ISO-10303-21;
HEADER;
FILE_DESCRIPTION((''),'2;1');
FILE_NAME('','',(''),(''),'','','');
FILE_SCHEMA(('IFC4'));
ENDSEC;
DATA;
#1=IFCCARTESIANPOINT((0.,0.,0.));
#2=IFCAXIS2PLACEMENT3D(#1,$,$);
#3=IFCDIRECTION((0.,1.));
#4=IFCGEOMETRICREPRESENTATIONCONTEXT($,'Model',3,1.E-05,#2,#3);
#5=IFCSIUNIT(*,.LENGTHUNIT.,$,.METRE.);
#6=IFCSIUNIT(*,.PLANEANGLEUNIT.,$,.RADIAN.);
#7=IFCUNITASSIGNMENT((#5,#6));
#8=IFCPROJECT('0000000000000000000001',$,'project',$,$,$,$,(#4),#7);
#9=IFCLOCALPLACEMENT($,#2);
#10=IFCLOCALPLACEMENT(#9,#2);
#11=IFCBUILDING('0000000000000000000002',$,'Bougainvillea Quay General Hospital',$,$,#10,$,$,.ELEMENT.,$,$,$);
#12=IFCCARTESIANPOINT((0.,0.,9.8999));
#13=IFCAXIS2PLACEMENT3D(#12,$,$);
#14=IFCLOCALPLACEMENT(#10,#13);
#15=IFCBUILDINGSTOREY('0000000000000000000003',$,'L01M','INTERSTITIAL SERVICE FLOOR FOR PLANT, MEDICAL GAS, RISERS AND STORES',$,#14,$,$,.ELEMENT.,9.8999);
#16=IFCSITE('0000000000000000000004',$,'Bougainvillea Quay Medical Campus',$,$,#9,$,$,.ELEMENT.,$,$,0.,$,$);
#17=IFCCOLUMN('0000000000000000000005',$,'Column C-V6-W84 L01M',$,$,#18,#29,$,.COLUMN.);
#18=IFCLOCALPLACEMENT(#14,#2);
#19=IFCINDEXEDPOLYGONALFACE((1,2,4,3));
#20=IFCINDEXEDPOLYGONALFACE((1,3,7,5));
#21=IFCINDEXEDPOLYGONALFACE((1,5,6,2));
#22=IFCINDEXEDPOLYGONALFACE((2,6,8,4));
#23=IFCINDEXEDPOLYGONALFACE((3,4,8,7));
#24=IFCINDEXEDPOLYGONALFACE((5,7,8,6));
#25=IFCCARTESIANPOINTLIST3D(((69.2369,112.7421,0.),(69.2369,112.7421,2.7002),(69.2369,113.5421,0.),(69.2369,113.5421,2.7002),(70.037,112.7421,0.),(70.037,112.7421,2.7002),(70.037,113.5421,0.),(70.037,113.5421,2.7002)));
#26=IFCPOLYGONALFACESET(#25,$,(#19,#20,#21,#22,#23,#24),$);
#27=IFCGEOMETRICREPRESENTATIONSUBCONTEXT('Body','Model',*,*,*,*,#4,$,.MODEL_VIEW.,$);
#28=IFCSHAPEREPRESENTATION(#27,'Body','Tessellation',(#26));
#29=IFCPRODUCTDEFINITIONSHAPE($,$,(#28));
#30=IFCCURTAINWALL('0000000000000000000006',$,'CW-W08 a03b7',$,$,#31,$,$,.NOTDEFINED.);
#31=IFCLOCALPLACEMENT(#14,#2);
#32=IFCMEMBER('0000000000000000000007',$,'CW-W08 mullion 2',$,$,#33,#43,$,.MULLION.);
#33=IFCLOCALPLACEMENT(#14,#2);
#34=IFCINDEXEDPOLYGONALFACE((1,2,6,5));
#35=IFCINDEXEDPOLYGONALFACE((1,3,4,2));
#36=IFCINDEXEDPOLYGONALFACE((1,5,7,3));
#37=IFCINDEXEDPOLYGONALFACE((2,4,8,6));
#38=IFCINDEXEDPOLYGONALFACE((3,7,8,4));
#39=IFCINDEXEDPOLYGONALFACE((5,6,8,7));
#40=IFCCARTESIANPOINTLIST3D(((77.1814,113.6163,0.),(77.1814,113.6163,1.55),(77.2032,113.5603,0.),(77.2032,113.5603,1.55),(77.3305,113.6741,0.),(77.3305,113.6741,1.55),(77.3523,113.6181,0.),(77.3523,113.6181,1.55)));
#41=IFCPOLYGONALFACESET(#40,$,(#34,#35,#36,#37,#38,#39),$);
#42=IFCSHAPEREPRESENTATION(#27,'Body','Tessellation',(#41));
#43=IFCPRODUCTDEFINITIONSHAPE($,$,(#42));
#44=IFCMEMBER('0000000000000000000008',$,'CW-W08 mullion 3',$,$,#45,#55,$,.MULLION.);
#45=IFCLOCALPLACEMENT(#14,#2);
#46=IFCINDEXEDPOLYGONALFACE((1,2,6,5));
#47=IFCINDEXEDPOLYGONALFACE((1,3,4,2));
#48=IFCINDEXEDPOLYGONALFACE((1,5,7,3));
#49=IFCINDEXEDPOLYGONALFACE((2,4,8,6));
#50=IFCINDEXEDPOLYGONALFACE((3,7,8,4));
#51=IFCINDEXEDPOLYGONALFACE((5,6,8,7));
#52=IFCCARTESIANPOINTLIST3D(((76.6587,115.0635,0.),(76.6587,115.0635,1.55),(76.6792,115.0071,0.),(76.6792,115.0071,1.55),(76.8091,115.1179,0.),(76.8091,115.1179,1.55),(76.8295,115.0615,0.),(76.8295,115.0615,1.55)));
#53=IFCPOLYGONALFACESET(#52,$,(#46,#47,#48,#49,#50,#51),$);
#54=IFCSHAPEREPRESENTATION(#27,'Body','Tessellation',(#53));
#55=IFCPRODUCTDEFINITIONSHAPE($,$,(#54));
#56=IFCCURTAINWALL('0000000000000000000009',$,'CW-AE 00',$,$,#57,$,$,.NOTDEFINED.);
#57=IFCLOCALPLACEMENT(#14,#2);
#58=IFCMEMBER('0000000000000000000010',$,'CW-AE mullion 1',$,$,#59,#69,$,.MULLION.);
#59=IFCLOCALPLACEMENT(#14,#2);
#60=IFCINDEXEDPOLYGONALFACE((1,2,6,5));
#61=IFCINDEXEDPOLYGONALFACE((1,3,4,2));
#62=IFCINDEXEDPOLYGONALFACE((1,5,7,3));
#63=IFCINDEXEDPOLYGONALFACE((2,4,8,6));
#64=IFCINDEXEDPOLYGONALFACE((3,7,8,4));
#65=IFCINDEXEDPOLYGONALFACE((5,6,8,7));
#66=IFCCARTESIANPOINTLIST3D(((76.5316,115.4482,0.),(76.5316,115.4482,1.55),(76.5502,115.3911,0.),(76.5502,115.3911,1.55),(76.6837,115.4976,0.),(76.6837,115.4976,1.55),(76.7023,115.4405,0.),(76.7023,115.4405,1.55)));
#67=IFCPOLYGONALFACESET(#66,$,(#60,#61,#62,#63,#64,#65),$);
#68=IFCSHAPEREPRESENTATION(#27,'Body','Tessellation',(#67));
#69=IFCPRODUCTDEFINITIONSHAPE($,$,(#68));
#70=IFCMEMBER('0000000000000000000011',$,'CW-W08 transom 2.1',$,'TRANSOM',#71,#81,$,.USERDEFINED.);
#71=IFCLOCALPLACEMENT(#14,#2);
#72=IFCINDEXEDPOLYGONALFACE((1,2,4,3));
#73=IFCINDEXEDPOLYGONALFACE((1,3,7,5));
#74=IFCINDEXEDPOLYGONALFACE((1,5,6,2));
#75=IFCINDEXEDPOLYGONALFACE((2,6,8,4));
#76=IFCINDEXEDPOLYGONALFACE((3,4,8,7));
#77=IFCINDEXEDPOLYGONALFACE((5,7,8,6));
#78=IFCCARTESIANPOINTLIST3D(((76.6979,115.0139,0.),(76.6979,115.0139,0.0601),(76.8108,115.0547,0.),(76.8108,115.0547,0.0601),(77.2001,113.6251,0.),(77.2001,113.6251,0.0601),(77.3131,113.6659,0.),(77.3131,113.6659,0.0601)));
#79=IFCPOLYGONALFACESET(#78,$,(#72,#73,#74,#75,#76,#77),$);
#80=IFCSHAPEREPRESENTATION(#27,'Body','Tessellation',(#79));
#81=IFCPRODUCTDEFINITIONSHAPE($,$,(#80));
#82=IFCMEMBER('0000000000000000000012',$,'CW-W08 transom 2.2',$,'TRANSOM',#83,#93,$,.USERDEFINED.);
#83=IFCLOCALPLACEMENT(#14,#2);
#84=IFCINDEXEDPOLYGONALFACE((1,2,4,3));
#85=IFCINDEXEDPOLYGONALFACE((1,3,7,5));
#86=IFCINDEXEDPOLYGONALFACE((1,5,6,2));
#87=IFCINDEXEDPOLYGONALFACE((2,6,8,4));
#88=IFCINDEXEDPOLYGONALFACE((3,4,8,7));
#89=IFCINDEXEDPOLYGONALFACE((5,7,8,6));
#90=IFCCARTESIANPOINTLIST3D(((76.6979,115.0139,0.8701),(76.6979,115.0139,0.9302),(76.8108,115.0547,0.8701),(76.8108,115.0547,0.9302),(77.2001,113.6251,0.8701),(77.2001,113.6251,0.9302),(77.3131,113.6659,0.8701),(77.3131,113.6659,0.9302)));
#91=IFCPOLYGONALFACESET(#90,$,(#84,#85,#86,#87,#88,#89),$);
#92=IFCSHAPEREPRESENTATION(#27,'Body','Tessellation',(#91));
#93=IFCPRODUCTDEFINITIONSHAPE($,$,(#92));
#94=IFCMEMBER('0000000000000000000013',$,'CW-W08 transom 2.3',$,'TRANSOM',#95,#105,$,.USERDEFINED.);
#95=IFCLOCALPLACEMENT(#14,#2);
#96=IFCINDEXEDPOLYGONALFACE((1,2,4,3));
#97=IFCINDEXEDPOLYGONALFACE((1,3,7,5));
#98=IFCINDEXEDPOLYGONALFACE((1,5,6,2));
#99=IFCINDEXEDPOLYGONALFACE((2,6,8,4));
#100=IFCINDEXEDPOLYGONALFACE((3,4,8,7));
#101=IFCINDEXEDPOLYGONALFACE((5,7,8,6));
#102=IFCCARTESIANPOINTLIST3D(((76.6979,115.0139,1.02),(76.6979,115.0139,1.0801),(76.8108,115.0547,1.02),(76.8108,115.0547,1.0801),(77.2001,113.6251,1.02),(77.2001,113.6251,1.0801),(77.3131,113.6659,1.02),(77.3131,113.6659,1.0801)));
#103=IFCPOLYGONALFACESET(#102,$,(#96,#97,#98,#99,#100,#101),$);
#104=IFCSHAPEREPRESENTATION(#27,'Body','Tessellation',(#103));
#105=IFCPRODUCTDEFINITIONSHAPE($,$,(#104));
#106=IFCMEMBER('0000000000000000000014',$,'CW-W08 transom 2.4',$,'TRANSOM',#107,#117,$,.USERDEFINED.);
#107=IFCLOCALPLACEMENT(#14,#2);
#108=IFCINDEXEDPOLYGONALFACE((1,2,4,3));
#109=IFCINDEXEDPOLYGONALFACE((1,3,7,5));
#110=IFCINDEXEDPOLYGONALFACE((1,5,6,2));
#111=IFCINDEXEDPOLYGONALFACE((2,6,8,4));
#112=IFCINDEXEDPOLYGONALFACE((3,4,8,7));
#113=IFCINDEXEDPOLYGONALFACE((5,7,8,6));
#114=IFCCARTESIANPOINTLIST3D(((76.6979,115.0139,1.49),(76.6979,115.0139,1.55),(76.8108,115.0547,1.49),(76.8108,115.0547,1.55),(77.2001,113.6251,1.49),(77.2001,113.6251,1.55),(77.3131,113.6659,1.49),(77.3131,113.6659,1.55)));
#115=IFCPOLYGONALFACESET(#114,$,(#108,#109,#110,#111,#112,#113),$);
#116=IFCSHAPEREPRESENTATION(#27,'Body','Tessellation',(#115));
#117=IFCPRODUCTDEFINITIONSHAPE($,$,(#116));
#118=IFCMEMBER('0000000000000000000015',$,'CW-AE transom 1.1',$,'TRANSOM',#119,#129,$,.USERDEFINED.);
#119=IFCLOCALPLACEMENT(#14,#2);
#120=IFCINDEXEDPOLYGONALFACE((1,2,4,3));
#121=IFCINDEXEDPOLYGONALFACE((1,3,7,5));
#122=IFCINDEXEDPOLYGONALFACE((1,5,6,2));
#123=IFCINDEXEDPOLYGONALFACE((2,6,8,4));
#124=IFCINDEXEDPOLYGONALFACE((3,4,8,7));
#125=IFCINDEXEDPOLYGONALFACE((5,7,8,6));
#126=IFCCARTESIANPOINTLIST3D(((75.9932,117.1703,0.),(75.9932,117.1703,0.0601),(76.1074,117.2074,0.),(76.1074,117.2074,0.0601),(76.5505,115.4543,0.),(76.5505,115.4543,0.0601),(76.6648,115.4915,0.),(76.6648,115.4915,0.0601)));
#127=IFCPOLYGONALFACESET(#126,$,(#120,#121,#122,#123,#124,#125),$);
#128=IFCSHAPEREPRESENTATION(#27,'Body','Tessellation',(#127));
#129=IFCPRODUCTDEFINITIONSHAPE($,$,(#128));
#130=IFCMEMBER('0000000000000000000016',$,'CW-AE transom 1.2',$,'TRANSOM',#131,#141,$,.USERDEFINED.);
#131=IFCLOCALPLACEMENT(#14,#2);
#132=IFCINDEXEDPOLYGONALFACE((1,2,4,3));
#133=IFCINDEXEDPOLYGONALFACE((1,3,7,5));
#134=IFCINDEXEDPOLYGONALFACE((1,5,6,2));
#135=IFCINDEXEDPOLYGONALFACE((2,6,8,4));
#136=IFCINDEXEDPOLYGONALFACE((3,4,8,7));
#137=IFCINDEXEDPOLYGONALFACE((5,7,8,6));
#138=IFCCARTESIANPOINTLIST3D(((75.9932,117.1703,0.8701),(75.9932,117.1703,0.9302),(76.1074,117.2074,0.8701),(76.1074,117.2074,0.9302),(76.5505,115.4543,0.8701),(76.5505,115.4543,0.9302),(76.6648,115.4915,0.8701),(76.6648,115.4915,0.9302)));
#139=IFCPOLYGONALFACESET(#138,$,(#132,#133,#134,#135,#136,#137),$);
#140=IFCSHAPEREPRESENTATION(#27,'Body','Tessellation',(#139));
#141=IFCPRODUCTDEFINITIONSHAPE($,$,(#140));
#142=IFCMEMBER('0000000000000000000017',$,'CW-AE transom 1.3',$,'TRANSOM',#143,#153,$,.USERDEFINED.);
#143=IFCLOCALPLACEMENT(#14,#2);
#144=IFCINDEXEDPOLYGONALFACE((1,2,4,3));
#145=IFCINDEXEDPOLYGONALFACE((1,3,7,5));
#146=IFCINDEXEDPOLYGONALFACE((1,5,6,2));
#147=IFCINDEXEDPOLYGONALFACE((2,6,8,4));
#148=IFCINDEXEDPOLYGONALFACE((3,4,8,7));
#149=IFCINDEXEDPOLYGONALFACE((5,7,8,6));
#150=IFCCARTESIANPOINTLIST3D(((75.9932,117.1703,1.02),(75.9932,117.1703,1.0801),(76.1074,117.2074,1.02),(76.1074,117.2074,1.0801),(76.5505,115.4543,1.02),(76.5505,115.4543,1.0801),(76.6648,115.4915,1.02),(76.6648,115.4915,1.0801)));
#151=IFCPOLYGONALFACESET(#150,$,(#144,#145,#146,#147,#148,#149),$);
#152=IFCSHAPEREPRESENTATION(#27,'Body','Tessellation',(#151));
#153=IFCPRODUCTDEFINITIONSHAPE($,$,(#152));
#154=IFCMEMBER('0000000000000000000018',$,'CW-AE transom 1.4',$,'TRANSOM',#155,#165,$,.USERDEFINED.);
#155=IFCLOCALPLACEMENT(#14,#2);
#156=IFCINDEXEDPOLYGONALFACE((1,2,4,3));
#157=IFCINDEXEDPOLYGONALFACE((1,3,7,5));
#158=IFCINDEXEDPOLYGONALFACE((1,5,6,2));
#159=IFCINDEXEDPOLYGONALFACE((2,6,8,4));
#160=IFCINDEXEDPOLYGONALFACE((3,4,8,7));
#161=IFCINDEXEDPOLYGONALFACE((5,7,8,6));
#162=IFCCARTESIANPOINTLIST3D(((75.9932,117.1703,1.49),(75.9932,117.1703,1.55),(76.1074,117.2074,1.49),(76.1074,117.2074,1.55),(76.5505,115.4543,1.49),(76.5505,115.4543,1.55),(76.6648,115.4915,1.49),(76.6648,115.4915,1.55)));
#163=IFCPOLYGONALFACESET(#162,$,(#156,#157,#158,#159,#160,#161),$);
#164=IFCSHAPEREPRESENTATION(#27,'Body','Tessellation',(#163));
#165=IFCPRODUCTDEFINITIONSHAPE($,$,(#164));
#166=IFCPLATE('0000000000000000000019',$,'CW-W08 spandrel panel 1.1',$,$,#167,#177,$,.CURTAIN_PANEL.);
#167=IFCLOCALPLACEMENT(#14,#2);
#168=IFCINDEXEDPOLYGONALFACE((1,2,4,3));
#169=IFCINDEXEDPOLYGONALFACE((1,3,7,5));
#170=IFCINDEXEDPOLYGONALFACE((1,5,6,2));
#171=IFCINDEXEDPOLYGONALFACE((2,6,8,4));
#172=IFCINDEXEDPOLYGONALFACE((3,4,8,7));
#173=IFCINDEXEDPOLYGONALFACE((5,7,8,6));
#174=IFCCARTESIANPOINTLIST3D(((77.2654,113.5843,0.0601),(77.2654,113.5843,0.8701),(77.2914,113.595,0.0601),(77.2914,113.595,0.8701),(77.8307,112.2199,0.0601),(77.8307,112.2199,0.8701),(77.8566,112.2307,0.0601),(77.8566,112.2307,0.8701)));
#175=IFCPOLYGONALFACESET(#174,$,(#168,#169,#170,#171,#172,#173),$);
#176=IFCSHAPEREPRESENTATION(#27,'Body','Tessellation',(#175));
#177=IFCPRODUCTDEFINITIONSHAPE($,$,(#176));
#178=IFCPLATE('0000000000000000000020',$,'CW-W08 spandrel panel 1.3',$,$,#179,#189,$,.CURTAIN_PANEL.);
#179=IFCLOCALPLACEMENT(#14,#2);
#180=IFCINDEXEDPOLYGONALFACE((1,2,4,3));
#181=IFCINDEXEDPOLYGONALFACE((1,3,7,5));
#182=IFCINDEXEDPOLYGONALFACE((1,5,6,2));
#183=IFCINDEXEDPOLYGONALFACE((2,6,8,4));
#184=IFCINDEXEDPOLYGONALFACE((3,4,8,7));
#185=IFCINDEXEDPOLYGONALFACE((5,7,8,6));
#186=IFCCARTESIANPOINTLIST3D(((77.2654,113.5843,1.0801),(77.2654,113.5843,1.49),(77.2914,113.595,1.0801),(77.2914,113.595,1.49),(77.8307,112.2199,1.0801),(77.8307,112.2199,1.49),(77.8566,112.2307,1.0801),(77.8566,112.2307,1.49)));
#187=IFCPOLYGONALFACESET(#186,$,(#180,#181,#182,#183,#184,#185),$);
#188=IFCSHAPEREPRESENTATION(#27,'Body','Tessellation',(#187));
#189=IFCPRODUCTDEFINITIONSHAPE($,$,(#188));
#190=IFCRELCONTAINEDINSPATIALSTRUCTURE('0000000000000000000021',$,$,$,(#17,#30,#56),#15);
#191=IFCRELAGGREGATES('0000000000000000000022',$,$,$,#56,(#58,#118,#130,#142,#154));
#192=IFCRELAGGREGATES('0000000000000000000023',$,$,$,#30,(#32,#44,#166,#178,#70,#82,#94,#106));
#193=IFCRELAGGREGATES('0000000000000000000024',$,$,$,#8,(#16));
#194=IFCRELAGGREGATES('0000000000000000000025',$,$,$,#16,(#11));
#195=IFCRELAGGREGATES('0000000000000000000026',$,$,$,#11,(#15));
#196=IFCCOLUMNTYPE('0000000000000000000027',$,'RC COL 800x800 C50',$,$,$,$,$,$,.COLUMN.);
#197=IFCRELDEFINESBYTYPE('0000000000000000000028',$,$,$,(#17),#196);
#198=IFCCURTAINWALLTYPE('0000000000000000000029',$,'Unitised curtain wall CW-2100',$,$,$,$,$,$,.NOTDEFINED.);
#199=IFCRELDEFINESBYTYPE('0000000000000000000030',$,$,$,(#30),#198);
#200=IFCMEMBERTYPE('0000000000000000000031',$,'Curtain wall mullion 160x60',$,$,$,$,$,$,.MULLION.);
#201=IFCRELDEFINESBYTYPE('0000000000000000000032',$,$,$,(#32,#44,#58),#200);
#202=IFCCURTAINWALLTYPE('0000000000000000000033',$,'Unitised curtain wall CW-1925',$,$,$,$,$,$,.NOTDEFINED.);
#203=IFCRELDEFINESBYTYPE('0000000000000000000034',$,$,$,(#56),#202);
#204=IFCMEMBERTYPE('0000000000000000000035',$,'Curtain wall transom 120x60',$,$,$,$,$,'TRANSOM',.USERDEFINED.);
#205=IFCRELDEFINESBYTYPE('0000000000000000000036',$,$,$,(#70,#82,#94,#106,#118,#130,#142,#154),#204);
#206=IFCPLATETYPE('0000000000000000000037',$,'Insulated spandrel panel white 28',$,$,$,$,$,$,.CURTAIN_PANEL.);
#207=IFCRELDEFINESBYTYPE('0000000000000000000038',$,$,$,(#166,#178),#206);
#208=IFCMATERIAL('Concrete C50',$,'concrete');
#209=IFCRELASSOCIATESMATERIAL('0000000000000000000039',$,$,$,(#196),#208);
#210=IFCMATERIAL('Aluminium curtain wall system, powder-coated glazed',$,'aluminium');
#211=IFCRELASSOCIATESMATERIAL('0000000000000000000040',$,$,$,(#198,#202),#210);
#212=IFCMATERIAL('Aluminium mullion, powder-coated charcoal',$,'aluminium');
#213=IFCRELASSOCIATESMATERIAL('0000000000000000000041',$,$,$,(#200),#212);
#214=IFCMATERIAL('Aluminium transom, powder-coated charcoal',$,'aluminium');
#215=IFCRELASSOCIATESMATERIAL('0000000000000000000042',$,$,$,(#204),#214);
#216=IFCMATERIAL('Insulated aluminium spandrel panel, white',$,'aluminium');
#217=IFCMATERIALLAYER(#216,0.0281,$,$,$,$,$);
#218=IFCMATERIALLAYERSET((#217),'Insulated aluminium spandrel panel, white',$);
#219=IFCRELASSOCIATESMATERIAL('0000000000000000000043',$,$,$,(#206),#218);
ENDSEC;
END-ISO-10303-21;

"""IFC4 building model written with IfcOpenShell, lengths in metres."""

from ifc_helpers import new_model, si_unit, direction, frame, origin, origin_2d, place, context, subcontext, project, spatial, rectangle, extrude, material, layer, layer_set, material_profile, profile_set, type_object, element, aggregate, save


model = new_model("IFC4")

# Units and contexts
model_context = context("Model", 3, precision=1e-05, world=origin(), true_north=direction((0.0, 1.0)))
body_context = subcontext(model_context, "Body", "Model", "MODEL_VIEW")
ifc_project = project(units=[si_unit("LENGTHUNIT", "METRE"), si_unit("PLANEANGLEUNIT", "RADIAN")], contexts=[model_context])

# Site, building, storey
site_placement = place(None, origin())
site = spatial("IfcSite", under=ifc_project, at=site_placement, Name="Bougainvillea Quay Medical Campus", CompositionType="ELEMENT", RefElevation=0.0)
building_placement = place(site_placement, origin())
building = spatial("IfcBuilding", under=site, at=building_placement, Name="Bougainvillea Quay General Hospital", CompositionType="ELEMENT")
storey_placement = place(building_placement, frame((0.0, 0.0, 9.8999)))
storey = spatial("IfcBuildingStorey", under=building, at=storey_placement, Name="L01M", Description="INTERSTITIAL SERVICE FLOOR FOR PLANT, MEDICAL GAS, RISERS AND STORES", CompositionType="ELEMENT", Elevation=9.8999)

# Column
ifc_material_1 = material(Name="Concrete C50", Category="concrete")
ifc_material_profile_1 = material_profile(ifc_material_1, rectangle(XDim=0.8, YDim=0.8, at=origin_2d()))
ifc_profile_set_1 = profile_set([ifc_material_profile_1], Name="Concrete C50")
column_type = type_object("IfcColumnType", Name="RC COL 800x800 C50", PredefinedType="COLUMN", material=ifc_profile_set_1)
column_placement = place(storey_placement, frame((69.637, 113.1421, 0.0), z_axis=(0.0, 0.0, 1.0), x_axis=(1.0, 0.0, 0.0)))
element("IfcColumn", 1, at=column_placement, inside=storey, type_object=column_type, Name="Column C-V6-W84 L01M", PredefinedType="COLUMN", context=body_context, shape_type="SweptSolid", body=[
    extrude(rectangle(XDim=0.8, YDim=0.8, at=origin_2d()), origin(), (0.0, 0.0, 1.0), 2.7002),
])

# Curtain wall, members
ifc_material_2 = material(Name="Aluminium curtain wall system, powder-coated glazed", Category="aluminium")
curtain_wall_type_1 = type_object("IfcCurtainWallType", Name="Unitised curtain wall CW-2100", PredefinedType="NOTDEFINED", material=ifc_material_2)
curtain_wall_1_placement = place(storey_placement, origin())
curtain_wall_1 = element("IfcCurtainWall", 2, at=curtain_wall_1_placement, inside=storey, type_object=curtain_wall_type_1, Name="CW-W08 a03b7", PredefinedType="NOTDEFINED")
ifc_material_3 = material(Name="Aluminium mullion, powder-coated charcoal", Category="aluminium")
ifc_material_profile_2 = material_profile(ifc_material_3, rectangle(XDim=0.1599, YDim=0.0601, at=origin_2d()))
ifc_profile_set_2 = profile_set([ifc_material_profile_2], Name="Aluminium mullion, powder-coated charcoal")
member_type_1 = type_object("IfcMemberType", Name="Curtain wall mullion 160x60", PredefinedType="MULLION", material=ifc_profile_set_2)
member_1_placement = place(storey_placement, frame((77.2668, 113.6172, 0.0), z_axis=(0.0, 0.0, 1.0), x_axis=(-0.932357, -0.36154, 0.0)))
member_1 = element("IfcMember", 3, at=member_1_placement, type_object=member_type_1, Name="CW-W08 mullion 2", PredefinedType="MULLION", context=body_context, shape_type="SweptSolid", body=[
    extrude(rectangle(XDim=0.1599, YDim=0.0601, at=origin_2d()), origin(), (0.0, 0.0, 1.0), 1.55),
])
member_2_placement = place(storey_placement, frame((76.7441, 115.0625, 0.0), z_axis=(0.0, 0.0, 1.0), x_axis=(-0.940382, -0.34012, 0.0)))
member_2 = element("IfcMember", 4, at=member_2_placement, type_object=member_type_1, Name="CW-W08 mullion 3", PredefinedType="MULLION", context=body_context, shape_type="SweptSolid", body=[
    extrude(rectangle(XDim=0.1599, YDim=0.0601, at=origin_2d()), origin(), (0.0, 0.0, 1.0), 1.55),
])

# Curtain wall, member
curtain_wall_type_2 = type_object("IfcCurtainWallType", Name="Unitised curtain wall CW-1925", PredefinedType="NOTDEFINED", material=ifc_material_2)
curtain_wall_2_placement = place(storey_placement, origin())
curtain_wall_2 = element("IfcCurtainWall", 5, at=curtain_wall_2_placement, inside=storey, type_object=curtain_wall_type_2, Name="CW-AE 00", PredefinedType="NOTDEFINED")
member_3_placement = place(storey_placement, frame((76.6169, 115.4443, 0.0), z_axis=(0.0, 0.0, 1.0), x_axis=(-0.951072, -0.308971, 0.0)))
member_3 = element("IfcMember", 6, at=member_3_placement, type_object=member_type_1, Name="CW-AE mullion 1", PredefinedType="MULLION", context=body_context, shape_type="SweptSolid", body=[
    extrude(rectangle(XDim=0.1599, YDim=0.0601, at=origin_2d()), origin(), (0.0, 0.0, 1.0), 1.55),
])

# Members
ifc_material_4 = material(Name="Aluminium transom, powder-coated charcoal", Category="aluminium")
ifc_material_profile_3 = material_profile(ifc_material_4, rectangle(XDim=0.1201, YDim=0.0601, at=origin_2d()))
ifc_profile_set_3 = profile_set([ifc_material_profile_3], Name="Aluminium transom, powder-coated charcoal")
member_type_2 = type_object("IfcMemberType", Name="Curtain wall transom 120x60", ElementType="TRANSOM", PredefinedType="USERDEFINED", material=ifc_profile_set_3)
member_4_placement = place(storey_placement, frame((77.2566, 113.6455, 0.03), z_axis=(-0.340083, 0.940395, 0.0), x_axis=(-0.940395, -0.340083, 0.0)))
member_4 = element("IfcMember", 7, at=member_4_placement, type_object=member_type_2, Name="CW-W08 transom 2.1", ObjectType="TRANSOM", PredefinedType="USERDEFINED", context=body_context, shape_type="SweptSolid", body=[
    extrude(rectangle(XDim=0.1201, YDim=0.0601, at=origin_2d()), origin(), (0.0, 0.0, 1.0), 1.4768),
])
member_5_placement = place(storey_placement, frame((77.2566, 113.6455, 0.9001), z_axis=(-0.340083, 0.940395, 0.0), x_axis=(-0.940395, -0.340083, 0.0)))
member_5 = element("IfcMember", 8, at=member_5_placement, type_object=member_type_2, Name="CW-W08 transom 2.2", ObjectType="TRANSOM", PredefinedType="USERDEFINED", context=body_context, shape_type="SweptSolid", body=[
    extrude(rectangle(XDim=0.1201, YDim=0.0601, at=origin_2d()), origin(), (0.0, 0.0, 1.0), 1.4768),
])
member_6_placement = place(storey_placement, frame((77.2566, 113.6455, 1.05), z_axis=(-0.340083, 0.940395, 0.0), x_axis=(-0.940395, -0.340083, 0.0)))
member_6 = element("IfcMember", 9, at=member_6_placement, type_object=member_type_2, Name="CW-W08 transom 2.3", ObjectType="TRANSOM", PredefinedType="USERDEFINED", context=body_context, shape_type="SweptSolid", body=[
    extrude(rectangle(XDim=0.1201, YDim=0.0601, at=origin_2d()), origin(), (0.0, 0.0, 1.0), 1.4768),
])
member_7_placement = place(storey_placement, frame((77.2566, 113.6455, 1.52), z_axis=(-0.340083, 0.940395, 0.0), x_axis=(-0.940395, -0.340083, 0.0)))
member_7 = element("IfcMember", 10, at=member_7_placement, type_object=member_type_2, Name="CW-W08 transom 2.4", ObjectType="TRANSOM", PredefinedType="USERDEFINED", context=body_context, shape_type="SweptSolid", body=[
    extrude(rectangle(XDim=0.1201, YDim=0.0601, at=origin_2d()), origin(), (0.0, 0.0, 1.0), 1.4768),
])
member_8_placement = place(storey_placement, frame((76.6077, 115.4729, 0.03), z_axis=(-0.308912, 0.951091, 0.0), x_axis=(-0.951091, -0.308912, 0.0)))
member_8 = element("IfcMember", 11, at=member_8_placement, type_object=member_type_2, Name="CW-AE transom 1.1", ObjectType="TRANSOM", PredefinedType="USERDEFINED", context=body_context, shape_type="SweptSolid", body=[
    extrude(rectangle(XDim=0.1201, YDim=0.0601, at=origin_2d()), origin(), (0.0, 0.0, 1.0), 1.8042),
])
member_9_placement = place(storey_placement, frame((76.6077, 115.4729, 0.9001), z_axis=(-0.308912, 0.951091, 0.0), x_axis=(-0.951091, -0.308912, 0.0)))
member_9 = element("IfcMember", 12, at=member_9_placement, type_object=member_type_2, Name="CW-AE transom 1.2", ObjectType="TRANSOM", PredefinedType="USERDEFINED", context=body_context, shape_type="SweptSolid", body=[
    extrude(rectangle(XDim=0.1201, YDim=0.0601, at=origin_2d()), origin(), (0.0, 0.0, 1.0), 1.8042),
])
member_10_placement = place(storey_placement, frame((76.6077, 115.4729, 1.05), z_axis=(-0.308912, 0.951091, 0.0), x_axis=(-0.951091, -0.308912, 0.0)))
member_10 = element("IfcMember", 13, at=member_10_placement, type_object=member_type_2, Name="CW-AE transom 1.3", ObjectType="TRANSOM", PredefinedType="USERDEFINED", context=body_context, shape_type="SweptSolid", body=[
    extrude(rectangle(XDim=0.1201, YDim=0.0601, at=origin_2d()), origin(), (0.0, 0.0, 1.0), 1.8042),
])
member_11_placement = place(storey_placement, frame((76.6077, 115.4729, 1.52), z_axis=(-0.308912, 0.951091, 0.0), x_axis=(-0.951091, -0.308912, 0.0)))
member_11 = element("IfcMember", 14, at=member_11_placement, type_object=member_type_2, Name="CW-AE transom 1.4", ObjectType="TRANSOM", PredefinedType="USERDEFINED", context=body_context, shape_type="SweptSolid", body=[
    extrude(rectangle(XDim=0.1201, YDim=0.0601, at=origin_2d()), origin(), (0.0, 0.0, 1.0), 1.8042),
])
aggregate(curtain_wall_2, [member_3, member_8, member_9, member_10, member_11])

# Plates
ifc_material_5 = material(Name="Insulated aluminium spandrel panel, white", Category="aluminium")
ifc_layer_1 = layer(ifc_material_5, 0.0281)
ifc_layer_set_1 = layer_set([ifc_layer_1], Name="Insulated aluminium spandrel panel, white")
plate_type_1 = type_object("IfcPlateType", Name="Insulated spandrel panel white 28", PredefinedType="CURTAIN_PANEL", material=ifc_layer_set_1)
plate_1_placement = place(storey_placement, frame((77.561, 112.9075, 0.0601), z_axis=(0.0, 0.0, 1.0), x_axis=(-0.38277, 0.923843, 0.0)))
plate_1 = element("IfcPlate", 15, at=plate_1_placement, type_object=plate_type_1, Name="CW-W08 spandrel panel 1.1", PredefinedType="CURTAIN_PANEL", context=body_context, shape_type="SweptSolid", body=[
    extrude(rectangle(XDim=1.4768, YDim=0.0281, at=origin_2d()), origin(), (0.0, 0.0, 1.0), 0.8101),
])
plate_2_placement = place(storey_placement, frame((77.561, 112.9075, 1.0801), z_axis=(0.0, 0.0, 1.0), x_axis=(-0.38277, 0.923843, 0.0)))
plate_2 = element("IfcPlate", 16, at=plate_2_placement, type_object=plate_type_1, Name="CW-W08 spandrel panel 1.3", PredefinedType="CURTAIN_PANEL", context=body_context, shape_type="SweptSolid", body=[
    extrude(rectangle(XDim=1.4768, YDim=0.0281, at=origin_2d()), origin(), (0.0, 0.0, 1.0), 0.4099),
])
aggregate(curtain_wall_1, [member_1, member_2, plate_1, plate_2, member_4, member_5, member_6, member_7])

save(model, "model.ifc")
